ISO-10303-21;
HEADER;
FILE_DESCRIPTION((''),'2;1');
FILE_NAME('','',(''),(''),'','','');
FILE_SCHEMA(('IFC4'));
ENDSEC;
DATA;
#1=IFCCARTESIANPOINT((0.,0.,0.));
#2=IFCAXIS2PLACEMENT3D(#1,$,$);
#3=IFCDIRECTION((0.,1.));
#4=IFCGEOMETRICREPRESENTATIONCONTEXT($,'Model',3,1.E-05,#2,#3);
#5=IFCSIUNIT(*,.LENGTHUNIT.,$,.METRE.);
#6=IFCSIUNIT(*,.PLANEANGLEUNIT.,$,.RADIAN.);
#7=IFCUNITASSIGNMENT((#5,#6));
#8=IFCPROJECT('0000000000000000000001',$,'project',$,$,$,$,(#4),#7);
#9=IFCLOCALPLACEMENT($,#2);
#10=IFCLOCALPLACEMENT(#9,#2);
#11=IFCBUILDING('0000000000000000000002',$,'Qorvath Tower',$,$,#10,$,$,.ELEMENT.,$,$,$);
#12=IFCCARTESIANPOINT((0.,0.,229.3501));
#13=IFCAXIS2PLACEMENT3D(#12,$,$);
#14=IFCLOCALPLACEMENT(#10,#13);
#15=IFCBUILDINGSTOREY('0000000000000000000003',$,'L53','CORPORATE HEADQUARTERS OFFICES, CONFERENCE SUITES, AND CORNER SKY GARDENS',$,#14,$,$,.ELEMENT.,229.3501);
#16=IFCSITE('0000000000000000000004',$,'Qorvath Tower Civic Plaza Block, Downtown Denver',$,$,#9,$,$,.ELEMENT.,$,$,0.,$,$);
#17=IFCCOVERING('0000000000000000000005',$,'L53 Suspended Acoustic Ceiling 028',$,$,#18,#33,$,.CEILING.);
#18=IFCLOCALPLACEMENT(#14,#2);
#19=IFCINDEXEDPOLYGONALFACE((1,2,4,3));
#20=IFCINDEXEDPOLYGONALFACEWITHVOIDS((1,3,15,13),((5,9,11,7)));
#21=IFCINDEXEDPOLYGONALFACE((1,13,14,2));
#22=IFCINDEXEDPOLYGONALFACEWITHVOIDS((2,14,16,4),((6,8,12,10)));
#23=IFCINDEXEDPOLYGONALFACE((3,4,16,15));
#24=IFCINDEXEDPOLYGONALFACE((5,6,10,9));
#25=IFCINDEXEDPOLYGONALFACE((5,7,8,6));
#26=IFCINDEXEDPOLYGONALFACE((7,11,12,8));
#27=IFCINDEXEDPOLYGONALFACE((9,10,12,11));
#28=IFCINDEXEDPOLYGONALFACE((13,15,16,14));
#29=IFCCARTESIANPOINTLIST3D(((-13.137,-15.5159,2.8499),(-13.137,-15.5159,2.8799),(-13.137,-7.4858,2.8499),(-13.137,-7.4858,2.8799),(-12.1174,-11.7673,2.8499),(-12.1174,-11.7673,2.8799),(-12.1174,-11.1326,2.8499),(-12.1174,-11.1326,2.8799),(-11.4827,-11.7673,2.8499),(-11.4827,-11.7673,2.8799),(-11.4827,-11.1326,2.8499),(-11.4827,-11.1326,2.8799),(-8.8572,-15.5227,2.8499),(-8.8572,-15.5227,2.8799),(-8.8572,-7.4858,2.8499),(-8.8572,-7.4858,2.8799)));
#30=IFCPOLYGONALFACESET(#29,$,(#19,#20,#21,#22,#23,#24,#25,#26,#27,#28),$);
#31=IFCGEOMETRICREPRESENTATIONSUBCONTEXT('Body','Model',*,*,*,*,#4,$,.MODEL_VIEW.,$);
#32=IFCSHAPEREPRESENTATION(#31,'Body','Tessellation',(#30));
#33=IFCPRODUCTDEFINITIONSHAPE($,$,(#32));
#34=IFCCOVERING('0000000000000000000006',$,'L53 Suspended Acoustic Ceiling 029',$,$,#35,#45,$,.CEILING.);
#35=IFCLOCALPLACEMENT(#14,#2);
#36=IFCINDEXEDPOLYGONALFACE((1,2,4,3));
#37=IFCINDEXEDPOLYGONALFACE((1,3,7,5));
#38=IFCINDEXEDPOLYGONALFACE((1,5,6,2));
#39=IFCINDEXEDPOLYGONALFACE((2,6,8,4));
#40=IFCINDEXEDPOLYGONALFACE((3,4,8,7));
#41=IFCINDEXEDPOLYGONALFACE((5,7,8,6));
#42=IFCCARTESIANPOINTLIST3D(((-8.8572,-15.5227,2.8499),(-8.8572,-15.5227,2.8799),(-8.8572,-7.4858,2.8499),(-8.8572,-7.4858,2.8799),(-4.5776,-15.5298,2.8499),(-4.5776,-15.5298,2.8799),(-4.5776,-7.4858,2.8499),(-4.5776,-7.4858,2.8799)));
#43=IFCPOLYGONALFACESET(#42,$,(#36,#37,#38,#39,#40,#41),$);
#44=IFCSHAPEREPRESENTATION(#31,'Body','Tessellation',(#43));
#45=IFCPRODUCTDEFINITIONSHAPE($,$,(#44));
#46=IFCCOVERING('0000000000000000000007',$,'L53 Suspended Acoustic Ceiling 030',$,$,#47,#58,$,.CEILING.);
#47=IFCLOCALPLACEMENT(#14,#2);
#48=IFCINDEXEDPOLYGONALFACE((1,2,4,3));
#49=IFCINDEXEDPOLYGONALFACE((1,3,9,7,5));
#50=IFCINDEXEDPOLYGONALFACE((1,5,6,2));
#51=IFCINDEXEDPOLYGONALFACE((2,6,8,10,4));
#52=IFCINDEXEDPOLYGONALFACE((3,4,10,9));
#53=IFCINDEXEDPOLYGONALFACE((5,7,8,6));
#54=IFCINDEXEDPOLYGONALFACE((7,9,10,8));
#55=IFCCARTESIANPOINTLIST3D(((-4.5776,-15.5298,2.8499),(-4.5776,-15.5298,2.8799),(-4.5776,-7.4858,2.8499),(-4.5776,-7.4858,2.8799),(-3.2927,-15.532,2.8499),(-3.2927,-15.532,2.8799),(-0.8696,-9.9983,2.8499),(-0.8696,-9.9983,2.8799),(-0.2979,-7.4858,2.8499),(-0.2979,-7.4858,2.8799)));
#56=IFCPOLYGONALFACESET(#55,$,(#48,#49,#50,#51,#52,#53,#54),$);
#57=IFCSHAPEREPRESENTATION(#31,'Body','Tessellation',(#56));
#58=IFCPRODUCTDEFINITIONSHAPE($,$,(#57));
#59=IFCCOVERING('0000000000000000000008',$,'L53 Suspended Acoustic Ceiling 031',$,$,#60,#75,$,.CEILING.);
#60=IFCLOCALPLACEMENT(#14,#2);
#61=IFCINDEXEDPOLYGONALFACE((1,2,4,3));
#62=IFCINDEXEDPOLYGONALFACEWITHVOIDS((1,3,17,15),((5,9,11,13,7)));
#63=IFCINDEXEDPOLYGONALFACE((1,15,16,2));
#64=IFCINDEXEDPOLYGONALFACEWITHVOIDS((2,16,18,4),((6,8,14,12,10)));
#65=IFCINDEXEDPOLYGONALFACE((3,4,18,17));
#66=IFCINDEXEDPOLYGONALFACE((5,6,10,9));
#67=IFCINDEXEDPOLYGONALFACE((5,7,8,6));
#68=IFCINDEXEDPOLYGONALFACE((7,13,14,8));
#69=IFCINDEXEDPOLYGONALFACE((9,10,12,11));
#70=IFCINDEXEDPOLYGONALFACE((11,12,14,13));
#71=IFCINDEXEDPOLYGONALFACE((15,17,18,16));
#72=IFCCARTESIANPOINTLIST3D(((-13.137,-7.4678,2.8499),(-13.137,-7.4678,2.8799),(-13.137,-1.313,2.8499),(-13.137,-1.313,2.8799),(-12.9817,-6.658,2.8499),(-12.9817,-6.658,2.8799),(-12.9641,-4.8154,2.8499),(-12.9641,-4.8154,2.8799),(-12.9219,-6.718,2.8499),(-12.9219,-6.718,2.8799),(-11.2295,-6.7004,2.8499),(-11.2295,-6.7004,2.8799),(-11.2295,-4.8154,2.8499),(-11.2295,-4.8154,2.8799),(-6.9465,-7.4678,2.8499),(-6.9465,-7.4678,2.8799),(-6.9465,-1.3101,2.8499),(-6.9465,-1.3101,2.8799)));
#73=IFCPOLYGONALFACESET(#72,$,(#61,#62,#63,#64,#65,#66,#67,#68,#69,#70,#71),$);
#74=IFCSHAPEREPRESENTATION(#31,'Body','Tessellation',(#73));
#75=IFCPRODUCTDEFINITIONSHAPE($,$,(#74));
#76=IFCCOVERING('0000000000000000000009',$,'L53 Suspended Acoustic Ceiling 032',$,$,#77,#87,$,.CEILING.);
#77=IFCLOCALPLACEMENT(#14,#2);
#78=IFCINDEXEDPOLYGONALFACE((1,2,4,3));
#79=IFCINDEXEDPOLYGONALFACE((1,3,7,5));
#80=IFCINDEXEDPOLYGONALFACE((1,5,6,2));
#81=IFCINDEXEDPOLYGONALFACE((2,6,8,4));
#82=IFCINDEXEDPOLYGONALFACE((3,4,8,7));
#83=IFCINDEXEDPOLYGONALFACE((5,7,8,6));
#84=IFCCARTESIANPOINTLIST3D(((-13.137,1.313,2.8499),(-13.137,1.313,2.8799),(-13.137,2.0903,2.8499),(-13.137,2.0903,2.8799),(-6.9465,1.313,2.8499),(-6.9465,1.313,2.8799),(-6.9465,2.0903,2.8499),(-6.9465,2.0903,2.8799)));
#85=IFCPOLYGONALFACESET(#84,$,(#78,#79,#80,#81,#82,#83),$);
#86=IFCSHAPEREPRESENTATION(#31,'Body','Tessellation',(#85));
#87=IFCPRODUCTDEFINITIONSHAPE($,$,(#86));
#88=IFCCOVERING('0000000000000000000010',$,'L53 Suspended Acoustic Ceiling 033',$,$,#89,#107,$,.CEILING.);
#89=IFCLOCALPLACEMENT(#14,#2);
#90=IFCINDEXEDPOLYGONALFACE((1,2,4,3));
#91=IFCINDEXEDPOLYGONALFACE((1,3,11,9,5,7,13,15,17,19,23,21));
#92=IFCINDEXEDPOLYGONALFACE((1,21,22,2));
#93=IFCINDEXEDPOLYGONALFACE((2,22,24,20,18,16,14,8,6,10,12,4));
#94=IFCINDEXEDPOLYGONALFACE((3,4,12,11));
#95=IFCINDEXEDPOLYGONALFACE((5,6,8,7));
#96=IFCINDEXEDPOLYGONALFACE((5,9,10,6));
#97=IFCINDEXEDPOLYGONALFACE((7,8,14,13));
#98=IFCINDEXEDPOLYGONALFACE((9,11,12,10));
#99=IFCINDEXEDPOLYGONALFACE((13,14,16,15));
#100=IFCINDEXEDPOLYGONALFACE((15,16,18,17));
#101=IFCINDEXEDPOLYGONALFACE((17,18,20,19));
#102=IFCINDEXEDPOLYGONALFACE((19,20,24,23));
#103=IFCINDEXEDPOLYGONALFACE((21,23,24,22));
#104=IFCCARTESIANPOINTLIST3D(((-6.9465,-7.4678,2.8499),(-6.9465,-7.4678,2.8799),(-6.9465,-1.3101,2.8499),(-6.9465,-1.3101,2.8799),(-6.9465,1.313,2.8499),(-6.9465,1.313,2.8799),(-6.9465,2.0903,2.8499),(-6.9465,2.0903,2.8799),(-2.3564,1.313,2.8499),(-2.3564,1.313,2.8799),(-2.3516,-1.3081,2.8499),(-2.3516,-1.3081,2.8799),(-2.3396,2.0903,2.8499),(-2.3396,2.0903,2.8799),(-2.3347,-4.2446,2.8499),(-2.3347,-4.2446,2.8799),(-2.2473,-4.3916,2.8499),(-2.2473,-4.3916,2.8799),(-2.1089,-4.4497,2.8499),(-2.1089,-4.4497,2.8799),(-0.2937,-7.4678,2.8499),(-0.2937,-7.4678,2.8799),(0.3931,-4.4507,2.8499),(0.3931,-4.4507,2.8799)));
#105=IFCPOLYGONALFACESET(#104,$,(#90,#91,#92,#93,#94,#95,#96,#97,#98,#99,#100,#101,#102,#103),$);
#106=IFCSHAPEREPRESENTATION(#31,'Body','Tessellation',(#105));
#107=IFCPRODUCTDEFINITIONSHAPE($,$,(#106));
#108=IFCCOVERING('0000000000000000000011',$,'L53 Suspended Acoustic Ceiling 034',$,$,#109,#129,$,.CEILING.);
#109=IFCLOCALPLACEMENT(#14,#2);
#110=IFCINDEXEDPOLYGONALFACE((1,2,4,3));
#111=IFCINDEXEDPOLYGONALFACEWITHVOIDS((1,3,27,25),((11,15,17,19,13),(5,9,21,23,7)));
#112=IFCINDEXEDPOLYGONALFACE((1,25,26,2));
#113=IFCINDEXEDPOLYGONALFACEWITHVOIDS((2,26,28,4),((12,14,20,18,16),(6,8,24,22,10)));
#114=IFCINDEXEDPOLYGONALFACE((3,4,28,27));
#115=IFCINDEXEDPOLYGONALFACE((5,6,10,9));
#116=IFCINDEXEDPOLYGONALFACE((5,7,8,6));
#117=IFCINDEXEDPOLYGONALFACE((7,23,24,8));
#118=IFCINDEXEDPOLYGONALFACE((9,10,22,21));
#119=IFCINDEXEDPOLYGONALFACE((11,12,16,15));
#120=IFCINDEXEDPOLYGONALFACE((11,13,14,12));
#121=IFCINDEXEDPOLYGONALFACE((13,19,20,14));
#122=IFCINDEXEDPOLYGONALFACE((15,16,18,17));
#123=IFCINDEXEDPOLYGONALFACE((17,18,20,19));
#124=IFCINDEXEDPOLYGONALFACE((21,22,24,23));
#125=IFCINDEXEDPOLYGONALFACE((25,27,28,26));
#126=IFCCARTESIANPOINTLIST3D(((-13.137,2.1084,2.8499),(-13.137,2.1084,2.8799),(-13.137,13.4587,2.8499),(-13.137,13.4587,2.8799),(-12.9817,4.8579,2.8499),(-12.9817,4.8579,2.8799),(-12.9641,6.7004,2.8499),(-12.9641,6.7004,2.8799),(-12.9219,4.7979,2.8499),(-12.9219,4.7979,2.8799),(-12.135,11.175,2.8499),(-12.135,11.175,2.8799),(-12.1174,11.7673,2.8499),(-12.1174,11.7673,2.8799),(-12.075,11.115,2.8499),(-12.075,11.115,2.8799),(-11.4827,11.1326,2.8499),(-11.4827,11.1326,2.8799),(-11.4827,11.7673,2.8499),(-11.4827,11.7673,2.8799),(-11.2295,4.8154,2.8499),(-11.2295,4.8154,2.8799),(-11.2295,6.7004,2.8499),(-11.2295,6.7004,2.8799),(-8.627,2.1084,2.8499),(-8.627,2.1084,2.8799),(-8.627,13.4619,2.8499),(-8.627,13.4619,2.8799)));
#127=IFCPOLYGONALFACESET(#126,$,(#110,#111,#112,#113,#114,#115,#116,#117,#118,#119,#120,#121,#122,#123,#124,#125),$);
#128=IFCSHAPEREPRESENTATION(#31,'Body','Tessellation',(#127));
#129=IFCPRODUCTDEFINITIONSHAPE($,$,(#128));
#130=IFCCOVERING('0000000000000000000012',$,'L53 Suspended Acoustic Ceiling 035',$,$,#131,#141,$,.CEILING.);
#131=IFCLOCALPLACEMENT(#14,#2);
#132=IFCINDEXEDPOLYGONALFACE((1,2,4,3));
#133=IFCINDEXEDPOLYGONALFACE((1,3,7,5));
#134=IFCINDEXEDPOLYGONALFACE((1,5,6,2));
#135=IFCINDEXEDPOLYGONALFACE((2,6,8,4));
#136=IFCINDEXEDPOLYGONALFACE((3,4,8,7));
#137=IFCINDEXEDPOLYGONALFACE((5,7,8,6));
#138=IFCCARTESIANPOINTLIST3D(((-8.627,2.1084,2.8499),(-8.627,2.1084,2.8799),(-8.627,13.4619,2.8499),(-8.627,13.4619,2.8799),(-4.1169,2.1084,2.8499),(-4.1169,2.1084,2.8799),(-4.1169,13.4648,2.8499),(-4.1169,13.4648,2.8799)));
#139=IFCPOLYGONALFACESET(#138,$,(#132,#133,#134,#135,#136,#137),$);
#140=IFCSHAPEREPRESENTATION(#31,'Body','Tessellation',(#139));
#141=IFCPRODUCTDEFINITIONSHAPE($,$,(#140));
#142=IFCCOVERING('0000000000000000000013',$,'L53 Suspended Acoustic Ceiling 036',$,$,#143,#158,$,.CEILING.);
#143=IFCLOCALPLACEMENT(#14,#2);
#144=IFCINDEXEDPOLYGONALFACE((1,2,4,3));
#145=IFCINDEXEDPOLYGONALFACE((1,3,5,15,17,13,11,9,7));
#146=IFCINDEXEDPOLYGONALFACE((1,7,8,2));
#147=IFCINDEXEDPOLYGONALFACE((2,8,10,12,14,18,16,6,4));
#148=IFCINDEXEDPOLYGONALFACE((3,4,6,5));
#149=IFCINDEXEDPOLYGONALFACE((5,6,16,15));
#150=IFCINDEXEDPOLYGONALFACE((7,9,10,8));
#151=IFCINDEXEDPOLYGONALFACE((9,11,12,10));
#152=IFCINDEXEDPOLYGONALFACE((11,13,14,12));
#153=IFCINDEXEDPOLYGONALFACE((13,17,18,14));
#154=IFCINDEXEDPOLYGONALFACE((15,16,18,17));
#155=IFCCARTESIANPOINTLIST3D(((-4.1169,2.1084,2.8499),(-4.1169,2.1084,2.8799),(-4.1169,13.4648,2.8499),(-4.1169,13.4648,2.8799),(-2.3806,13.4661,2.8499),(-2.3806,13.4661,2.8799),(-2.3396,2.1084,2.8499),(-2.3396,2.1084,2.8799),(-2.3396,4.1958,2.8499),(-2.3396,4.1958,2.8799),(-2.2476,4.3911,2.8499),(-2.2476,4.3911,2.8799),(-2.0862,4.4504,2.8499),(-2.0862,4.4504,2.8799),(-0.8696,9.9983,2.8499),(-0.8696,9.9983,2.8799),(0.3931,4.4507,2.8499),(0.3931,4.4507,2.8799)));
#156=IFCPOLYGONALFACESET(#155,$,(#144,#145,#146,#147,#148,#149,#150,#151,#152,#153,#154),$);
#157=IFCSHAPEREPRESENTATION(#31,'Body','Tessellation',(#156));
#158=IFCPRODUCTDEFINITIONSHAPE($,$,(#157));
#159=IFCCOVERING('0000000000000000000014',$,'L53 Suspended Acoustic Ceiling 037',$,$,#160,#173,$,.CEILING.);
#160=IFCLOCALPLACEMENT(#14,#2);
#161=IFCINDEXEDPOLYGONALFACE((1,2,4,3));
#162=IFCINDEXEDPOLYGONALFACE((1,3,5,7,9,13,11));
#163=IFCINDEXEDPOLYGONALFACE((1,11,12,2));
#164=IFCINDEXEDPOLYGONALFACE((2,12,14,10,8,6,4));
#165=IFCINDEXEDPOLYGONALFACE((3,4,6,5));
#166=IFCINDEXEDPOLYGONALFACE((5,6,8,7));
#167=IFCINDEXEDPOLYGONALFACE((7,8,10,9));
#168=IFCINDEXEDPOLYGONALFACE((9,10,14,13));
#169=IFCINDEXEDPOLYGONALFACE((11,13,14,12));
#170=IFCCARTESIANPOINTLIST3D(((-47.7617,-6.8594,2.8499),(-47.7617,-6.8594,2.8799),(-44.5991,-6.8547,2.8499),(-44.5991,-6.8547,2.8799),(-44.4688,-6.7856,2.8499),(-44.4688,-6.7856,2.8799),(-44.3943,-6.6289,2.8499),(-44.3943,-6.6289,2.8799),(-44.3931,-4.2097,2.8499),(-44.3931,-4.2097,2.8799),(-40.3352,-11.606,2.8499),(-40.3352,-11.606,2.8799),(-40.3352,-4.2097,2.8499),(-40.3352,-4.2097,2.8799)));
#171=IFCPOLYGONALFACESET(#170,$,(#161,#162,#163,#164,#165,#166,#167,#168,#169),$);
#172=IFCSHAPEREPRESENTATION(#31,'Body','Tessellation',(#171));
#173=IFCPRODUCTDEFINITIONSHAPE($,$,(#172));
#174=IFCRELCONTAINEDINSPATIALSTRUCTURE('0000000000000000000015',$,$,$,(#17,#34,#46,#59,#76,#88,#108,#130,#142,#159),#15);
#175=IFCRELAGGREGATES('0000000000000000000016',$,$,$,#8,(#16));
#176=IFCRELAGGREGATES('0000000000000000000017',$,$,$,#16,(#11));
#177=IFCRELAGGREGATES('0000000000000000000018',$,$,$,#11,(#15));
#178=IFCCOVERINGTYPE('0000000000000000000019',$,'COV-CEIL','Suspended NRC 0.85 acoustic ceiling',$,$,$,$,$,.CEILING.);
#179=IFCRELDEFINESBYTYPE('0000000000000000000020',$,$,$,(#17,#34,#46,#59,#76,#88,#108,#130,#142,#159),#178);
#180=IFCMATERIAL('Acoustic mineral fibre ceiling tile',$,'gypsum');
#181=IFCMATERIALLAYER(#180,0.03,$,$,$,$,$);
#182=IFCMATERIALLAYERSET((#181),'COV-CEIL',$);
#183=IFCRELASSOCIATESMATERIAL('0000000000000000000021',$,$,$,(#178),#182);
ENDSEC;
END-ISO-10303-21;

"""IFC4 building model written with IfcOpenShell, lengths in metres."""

from ifc_helpers import new_model, si_unit, direction, frame, origin, place, context, subcontext, project, spatial, polyline, outline, extrude, material, layer, layer_set, type_object, element, save


model = new_model("IFC4")

# Units and contexts
model_context = context("Model", 3, precision=1e-05, world=origin(), true_north=direction((0.0, 1.0)))
body_context = subcontext(model_context, "Body", "Model", "MODEL_VIEW")
ifc_project = project(units=[si_unit("LENGTHUNIT", "METRE"), si_unit("PLANEANGLEUNIT", "RADIAN")], contexts=[model_context])

# Site, building, storey
site_placement = place(None, origin())
site = spatial("IfcSite", under=ifc_project, at=site_placement, Name="Qorvath Tower Civic Plaza Block, Downtown Denver", CompositionType="ELEMENT", RefElevation=0.0)
building_placement = place(site_placement, origin())
building = spatial("IfcBuilding", under=site, at=building_placement, Name="Qorvath Tower", CompositionType="ELEMENT")
storey_placement = place(building_placement, frame((0.0, 0.0, 229.3501)))
storey = spatial("IfcBuildingStorey", under=building, at=storey_placement, Name="L53", Description="CORPORATE HEADQUARTERS OFFICES, CONFERENCE SUITES, AND CORNER SKY GARDENS", CompositionType="ELEMENT", Elevation=229.3501)

# Coverings
ifc_material_1 = material(Name="Acoustic mineral fibre ceiling tile", Category="gypsum")
ifc_layer_1 = layer(ifc_material_1, 0.03)
ifc_layer_set_1 = layer_set([ifc_layer_1], Name="COV-CEIL")
covering_type_1 = type_object("IfcCoveringType", Name="COV-CEIL", Description="Suspended NRC 0.85 acoustic ceiling", PredefinedType="CEILING", material=ifc_layer_set_1)
covering_1_placement = place(storey_placement, frame((0.0, 0.0, 2.8499)))
element("IfcCovering", 1, at=covering_1_placement, inside=storey, type_object=covering_type_1, Name="L53 Suspended Acoustic Ceiling 028", PredefinedType="CEILING", context=body_context, shape_type="SweptSolid", body=[
    extrude(outline(polyline([(-13.137, -15.5159), (-8.8572, -15.5227), (-8.8572, -7.4858), (-13.137, -7.4858), (-13.137, -15.5159)]), holes=[polyline([(-12.1174, -11.7673), (-12.1174, -11.1326), (-11.4827, -11.1326), (-11.4827, -11.7673), (-12.1174, -11.7673)])]), origin(), (0.0, 0.0, 1.0), 0.03),
])
covering_2_placement = place(storey_placement, frame((0.0, 0.0, 2.8499)))
element("IfcCovering", 2, at=covering_2_placement, inside=storey, type_object=covering_type_1, Name="L53 Suspended Acoustic Ceiling 029", PredefinedType="CEILING", context=body_context, shape_type="SweptSolid", body=[
    extrude(outline(polyline([(-8.8572, -7.4858), (-8.8572, -15.5227), (-4.5776, -15.5298), (-4.5776, -7.4858), (-8.8572, -7.4858)])), origin(), (0.0, 0.0, 1.0), 0.03),
])
covering_3_placement = place(storey_placement, frame((0.0, 0.0, 2.8499)))
element("IfcCovering", 3, at=covering_3_placement, inside=storey, type_object=covering_type_1, Name="L53 Suspended Acoustic Ceiling 030", PredefinedType="CEILING", context=body_context, shape_type="SweptSolid", body=[
    extrude(outline(polyline([(-4.5776, -7.4858), (-4.5776, -15.5298), (-3.2927, -15.532), (-0.8696, -9.9983), (-0.2979, -7.4858), (-4.5776, -7.4858)])), origin(), (0.0, 0.0, 1.0), 0.03),
])
covering_4_placement = place(storey_placement, frame((0.0, 0.0, 2.8499)))
element("IfcCovering", 4, at=covering_4_placement, inside=storey, type_object=covering_type_1, Name="L53 Suspended Acoustic Ceiling 031", PredefinedType="CEILING", context=body_context, shape_type="SweptSolid", body=[
    extrude(outline(polyline([(-6.9465, -7.4678), (-6.9465, -1.3101), (-13.137, -1.313), (-13.137, -7.4678), (-6.9465, -7.4678)]), holes=[polyline([(-12.9817, -6.658), (-12.9641, -4.8154), (-11.2295, -4.8154), (-11.2295, -6.7004), (-12.9219, -6.718), (-12.9817, -6.658)])]), origin(), (0.0, 0.0, 1.0), 0.03),
])
covering_5_placement = place(storey_placement, frame((0.0, 0.0, 2.8499)))
element("IfcCovering", 5, at=covering_5_placement, inside=storey, type_object=covering_type_1, Name="L53 Suspended Acoustic Ceiling 032", PredefinedType="CEILING", context=body_context, shape_type="SweptSolid", body=[
    extrude(outline(polyline([(-6.9465, 1.313), (-6.9465, 2.0903), (-13.137, 2.0903), (-13.137, 1.313), (-6.9465, 1.313)])), origin(), (0.0, 0.0, 1.0), 0.03),
])
covering_6_placement = place(storey_placement, frame((0.0, 0.0, 2.8499)))
element("IfcCovering", 6, at=covering_6_placement, inside=storey, type_object=covering_type_1, Name="L53 Suspended Acoustic Ceiling 033", PredefinedType="CEILING", context=body_context, shape_type="SweptSolid", body=[
    extrude(outline(polyline([(-2.2473, -4.3916), (-2.3347, -4.2446), (-2.3396, 2.0903), (-6.9465, 2.0903), (-6.9465, 1.313), (-2.3564, 1.313), (-2.3516, -1.3081), (-6.9465, -1.3101), (-6.9465, -7.4678), (-0.2937, -7.4678), (0.3931, -4.4507), (-2.1089, -4.4497), (-2.2473, -4.3916)])), origin(), (0.0, 0.0, 1.0), 0.03),
])
covering_7_placement = place(storey_placement, frame((0.0, 0.0, 2.8499)))
element("IfcCovering", 7, at=covering_7_placement, inside=storey, type_object=covering_type_1, Name="L53 Suspended Acoustic Ceiling 034", PredefinedType="CEILING", context=body_context, shape_type="SweptSolid", body=[
    extrude(outline(polyline([(-8.627, 2.1084), (-8.627, 13.4619), (-13.137, 13.4587), (-13.137, 2.1084), (-8.627, 2.1084)]), holes=[polyline([(-12.9817, 4.8579), (-12.9641, 6.7004), (-11.2295, 6.7004), (-11.2295, 4.8154), (-12.9219, 4.7979), (-12.9817, 4.8579)]), polyline([(-12.135, 11.175), (-12.1174, 11.7673), (-11.4827, 11.7673), (-11.4827, 11.1326), (-12.075, 11.115), (-12.135, 11.175)])]), origin(), (0.0, 0.0, 1.0), 0.03),
])
covering_8_placement = place(storey_placement, frame((0.0, 0.0, 2.8499)))
element("IfcCovering", 8, at=covering_8_placement, inside=storey, type_object=covering_type_1, Name="L53 Suspended Acoustic Ceiling 035", PredefinedType="CEILING", context=body_context, shape_type="SweptSolid", body=[
    extrude(outline(polyline([(-4.1169, 2.1084), (-4.1169, 13.4648), (-8.627, 13.4619), (-8.627, 2.1084), (-4.1169, 2.1084)])), origin(), (0.0, 0.0, 1.0), 0.03),
])
covering_9_placement = place(storey_placement, frame((0.0, 0.0, 2.8499)))
element("IfcCovering", 9, at=covering_9_placement, inside=storey, type_object=covering_type_1, Name="L53 Suspended Acoustic Ceiling 036", PredefinedType="CEILING", context=body_context, shape_type="SweptSolid", body=[
    extrude(outline(polyline([(-2.0862, 4.4504), (0.3931, 4.4507), (-0.8696, 9.9983), (-2.3806, 13.4661), (-4.1169, 13.4648), (-4.1169, 2.1084), (-2.3396, 2.1084), (-2.3396, 4.1958), (-2.2476, 4.3911), (-2.0862, 4.4504)])), origin(), (0.0, 0.0, 1.0), 0.03),
])
covering_10_placement = place(storey_placement, frame((0.0, 0.0, 2.8499)))
element("IfcCovering", 10, at=covering_10_placement, inside=storey, type_object=covering_type_1, Name="L53 Suspended Acoustic Ceiling 037", PredefinedType="CEILING", context=body_context, shape_type="SweptSolid", body=[
    extrude(outline(polyline([(-44.4688, -6.7856), (-44.5991, -6.8547), (-47.7617, -6.8594), (-40.3352, -11.606), (-40.3352, -4.2097), (-44.3931, -4.2097), (-44.3943, -6.6289), (-44.4688, -6.7856)])), origin(), (0.0, 0.0, 1.0), 0.03),
])

save(model, "model.ifc")
